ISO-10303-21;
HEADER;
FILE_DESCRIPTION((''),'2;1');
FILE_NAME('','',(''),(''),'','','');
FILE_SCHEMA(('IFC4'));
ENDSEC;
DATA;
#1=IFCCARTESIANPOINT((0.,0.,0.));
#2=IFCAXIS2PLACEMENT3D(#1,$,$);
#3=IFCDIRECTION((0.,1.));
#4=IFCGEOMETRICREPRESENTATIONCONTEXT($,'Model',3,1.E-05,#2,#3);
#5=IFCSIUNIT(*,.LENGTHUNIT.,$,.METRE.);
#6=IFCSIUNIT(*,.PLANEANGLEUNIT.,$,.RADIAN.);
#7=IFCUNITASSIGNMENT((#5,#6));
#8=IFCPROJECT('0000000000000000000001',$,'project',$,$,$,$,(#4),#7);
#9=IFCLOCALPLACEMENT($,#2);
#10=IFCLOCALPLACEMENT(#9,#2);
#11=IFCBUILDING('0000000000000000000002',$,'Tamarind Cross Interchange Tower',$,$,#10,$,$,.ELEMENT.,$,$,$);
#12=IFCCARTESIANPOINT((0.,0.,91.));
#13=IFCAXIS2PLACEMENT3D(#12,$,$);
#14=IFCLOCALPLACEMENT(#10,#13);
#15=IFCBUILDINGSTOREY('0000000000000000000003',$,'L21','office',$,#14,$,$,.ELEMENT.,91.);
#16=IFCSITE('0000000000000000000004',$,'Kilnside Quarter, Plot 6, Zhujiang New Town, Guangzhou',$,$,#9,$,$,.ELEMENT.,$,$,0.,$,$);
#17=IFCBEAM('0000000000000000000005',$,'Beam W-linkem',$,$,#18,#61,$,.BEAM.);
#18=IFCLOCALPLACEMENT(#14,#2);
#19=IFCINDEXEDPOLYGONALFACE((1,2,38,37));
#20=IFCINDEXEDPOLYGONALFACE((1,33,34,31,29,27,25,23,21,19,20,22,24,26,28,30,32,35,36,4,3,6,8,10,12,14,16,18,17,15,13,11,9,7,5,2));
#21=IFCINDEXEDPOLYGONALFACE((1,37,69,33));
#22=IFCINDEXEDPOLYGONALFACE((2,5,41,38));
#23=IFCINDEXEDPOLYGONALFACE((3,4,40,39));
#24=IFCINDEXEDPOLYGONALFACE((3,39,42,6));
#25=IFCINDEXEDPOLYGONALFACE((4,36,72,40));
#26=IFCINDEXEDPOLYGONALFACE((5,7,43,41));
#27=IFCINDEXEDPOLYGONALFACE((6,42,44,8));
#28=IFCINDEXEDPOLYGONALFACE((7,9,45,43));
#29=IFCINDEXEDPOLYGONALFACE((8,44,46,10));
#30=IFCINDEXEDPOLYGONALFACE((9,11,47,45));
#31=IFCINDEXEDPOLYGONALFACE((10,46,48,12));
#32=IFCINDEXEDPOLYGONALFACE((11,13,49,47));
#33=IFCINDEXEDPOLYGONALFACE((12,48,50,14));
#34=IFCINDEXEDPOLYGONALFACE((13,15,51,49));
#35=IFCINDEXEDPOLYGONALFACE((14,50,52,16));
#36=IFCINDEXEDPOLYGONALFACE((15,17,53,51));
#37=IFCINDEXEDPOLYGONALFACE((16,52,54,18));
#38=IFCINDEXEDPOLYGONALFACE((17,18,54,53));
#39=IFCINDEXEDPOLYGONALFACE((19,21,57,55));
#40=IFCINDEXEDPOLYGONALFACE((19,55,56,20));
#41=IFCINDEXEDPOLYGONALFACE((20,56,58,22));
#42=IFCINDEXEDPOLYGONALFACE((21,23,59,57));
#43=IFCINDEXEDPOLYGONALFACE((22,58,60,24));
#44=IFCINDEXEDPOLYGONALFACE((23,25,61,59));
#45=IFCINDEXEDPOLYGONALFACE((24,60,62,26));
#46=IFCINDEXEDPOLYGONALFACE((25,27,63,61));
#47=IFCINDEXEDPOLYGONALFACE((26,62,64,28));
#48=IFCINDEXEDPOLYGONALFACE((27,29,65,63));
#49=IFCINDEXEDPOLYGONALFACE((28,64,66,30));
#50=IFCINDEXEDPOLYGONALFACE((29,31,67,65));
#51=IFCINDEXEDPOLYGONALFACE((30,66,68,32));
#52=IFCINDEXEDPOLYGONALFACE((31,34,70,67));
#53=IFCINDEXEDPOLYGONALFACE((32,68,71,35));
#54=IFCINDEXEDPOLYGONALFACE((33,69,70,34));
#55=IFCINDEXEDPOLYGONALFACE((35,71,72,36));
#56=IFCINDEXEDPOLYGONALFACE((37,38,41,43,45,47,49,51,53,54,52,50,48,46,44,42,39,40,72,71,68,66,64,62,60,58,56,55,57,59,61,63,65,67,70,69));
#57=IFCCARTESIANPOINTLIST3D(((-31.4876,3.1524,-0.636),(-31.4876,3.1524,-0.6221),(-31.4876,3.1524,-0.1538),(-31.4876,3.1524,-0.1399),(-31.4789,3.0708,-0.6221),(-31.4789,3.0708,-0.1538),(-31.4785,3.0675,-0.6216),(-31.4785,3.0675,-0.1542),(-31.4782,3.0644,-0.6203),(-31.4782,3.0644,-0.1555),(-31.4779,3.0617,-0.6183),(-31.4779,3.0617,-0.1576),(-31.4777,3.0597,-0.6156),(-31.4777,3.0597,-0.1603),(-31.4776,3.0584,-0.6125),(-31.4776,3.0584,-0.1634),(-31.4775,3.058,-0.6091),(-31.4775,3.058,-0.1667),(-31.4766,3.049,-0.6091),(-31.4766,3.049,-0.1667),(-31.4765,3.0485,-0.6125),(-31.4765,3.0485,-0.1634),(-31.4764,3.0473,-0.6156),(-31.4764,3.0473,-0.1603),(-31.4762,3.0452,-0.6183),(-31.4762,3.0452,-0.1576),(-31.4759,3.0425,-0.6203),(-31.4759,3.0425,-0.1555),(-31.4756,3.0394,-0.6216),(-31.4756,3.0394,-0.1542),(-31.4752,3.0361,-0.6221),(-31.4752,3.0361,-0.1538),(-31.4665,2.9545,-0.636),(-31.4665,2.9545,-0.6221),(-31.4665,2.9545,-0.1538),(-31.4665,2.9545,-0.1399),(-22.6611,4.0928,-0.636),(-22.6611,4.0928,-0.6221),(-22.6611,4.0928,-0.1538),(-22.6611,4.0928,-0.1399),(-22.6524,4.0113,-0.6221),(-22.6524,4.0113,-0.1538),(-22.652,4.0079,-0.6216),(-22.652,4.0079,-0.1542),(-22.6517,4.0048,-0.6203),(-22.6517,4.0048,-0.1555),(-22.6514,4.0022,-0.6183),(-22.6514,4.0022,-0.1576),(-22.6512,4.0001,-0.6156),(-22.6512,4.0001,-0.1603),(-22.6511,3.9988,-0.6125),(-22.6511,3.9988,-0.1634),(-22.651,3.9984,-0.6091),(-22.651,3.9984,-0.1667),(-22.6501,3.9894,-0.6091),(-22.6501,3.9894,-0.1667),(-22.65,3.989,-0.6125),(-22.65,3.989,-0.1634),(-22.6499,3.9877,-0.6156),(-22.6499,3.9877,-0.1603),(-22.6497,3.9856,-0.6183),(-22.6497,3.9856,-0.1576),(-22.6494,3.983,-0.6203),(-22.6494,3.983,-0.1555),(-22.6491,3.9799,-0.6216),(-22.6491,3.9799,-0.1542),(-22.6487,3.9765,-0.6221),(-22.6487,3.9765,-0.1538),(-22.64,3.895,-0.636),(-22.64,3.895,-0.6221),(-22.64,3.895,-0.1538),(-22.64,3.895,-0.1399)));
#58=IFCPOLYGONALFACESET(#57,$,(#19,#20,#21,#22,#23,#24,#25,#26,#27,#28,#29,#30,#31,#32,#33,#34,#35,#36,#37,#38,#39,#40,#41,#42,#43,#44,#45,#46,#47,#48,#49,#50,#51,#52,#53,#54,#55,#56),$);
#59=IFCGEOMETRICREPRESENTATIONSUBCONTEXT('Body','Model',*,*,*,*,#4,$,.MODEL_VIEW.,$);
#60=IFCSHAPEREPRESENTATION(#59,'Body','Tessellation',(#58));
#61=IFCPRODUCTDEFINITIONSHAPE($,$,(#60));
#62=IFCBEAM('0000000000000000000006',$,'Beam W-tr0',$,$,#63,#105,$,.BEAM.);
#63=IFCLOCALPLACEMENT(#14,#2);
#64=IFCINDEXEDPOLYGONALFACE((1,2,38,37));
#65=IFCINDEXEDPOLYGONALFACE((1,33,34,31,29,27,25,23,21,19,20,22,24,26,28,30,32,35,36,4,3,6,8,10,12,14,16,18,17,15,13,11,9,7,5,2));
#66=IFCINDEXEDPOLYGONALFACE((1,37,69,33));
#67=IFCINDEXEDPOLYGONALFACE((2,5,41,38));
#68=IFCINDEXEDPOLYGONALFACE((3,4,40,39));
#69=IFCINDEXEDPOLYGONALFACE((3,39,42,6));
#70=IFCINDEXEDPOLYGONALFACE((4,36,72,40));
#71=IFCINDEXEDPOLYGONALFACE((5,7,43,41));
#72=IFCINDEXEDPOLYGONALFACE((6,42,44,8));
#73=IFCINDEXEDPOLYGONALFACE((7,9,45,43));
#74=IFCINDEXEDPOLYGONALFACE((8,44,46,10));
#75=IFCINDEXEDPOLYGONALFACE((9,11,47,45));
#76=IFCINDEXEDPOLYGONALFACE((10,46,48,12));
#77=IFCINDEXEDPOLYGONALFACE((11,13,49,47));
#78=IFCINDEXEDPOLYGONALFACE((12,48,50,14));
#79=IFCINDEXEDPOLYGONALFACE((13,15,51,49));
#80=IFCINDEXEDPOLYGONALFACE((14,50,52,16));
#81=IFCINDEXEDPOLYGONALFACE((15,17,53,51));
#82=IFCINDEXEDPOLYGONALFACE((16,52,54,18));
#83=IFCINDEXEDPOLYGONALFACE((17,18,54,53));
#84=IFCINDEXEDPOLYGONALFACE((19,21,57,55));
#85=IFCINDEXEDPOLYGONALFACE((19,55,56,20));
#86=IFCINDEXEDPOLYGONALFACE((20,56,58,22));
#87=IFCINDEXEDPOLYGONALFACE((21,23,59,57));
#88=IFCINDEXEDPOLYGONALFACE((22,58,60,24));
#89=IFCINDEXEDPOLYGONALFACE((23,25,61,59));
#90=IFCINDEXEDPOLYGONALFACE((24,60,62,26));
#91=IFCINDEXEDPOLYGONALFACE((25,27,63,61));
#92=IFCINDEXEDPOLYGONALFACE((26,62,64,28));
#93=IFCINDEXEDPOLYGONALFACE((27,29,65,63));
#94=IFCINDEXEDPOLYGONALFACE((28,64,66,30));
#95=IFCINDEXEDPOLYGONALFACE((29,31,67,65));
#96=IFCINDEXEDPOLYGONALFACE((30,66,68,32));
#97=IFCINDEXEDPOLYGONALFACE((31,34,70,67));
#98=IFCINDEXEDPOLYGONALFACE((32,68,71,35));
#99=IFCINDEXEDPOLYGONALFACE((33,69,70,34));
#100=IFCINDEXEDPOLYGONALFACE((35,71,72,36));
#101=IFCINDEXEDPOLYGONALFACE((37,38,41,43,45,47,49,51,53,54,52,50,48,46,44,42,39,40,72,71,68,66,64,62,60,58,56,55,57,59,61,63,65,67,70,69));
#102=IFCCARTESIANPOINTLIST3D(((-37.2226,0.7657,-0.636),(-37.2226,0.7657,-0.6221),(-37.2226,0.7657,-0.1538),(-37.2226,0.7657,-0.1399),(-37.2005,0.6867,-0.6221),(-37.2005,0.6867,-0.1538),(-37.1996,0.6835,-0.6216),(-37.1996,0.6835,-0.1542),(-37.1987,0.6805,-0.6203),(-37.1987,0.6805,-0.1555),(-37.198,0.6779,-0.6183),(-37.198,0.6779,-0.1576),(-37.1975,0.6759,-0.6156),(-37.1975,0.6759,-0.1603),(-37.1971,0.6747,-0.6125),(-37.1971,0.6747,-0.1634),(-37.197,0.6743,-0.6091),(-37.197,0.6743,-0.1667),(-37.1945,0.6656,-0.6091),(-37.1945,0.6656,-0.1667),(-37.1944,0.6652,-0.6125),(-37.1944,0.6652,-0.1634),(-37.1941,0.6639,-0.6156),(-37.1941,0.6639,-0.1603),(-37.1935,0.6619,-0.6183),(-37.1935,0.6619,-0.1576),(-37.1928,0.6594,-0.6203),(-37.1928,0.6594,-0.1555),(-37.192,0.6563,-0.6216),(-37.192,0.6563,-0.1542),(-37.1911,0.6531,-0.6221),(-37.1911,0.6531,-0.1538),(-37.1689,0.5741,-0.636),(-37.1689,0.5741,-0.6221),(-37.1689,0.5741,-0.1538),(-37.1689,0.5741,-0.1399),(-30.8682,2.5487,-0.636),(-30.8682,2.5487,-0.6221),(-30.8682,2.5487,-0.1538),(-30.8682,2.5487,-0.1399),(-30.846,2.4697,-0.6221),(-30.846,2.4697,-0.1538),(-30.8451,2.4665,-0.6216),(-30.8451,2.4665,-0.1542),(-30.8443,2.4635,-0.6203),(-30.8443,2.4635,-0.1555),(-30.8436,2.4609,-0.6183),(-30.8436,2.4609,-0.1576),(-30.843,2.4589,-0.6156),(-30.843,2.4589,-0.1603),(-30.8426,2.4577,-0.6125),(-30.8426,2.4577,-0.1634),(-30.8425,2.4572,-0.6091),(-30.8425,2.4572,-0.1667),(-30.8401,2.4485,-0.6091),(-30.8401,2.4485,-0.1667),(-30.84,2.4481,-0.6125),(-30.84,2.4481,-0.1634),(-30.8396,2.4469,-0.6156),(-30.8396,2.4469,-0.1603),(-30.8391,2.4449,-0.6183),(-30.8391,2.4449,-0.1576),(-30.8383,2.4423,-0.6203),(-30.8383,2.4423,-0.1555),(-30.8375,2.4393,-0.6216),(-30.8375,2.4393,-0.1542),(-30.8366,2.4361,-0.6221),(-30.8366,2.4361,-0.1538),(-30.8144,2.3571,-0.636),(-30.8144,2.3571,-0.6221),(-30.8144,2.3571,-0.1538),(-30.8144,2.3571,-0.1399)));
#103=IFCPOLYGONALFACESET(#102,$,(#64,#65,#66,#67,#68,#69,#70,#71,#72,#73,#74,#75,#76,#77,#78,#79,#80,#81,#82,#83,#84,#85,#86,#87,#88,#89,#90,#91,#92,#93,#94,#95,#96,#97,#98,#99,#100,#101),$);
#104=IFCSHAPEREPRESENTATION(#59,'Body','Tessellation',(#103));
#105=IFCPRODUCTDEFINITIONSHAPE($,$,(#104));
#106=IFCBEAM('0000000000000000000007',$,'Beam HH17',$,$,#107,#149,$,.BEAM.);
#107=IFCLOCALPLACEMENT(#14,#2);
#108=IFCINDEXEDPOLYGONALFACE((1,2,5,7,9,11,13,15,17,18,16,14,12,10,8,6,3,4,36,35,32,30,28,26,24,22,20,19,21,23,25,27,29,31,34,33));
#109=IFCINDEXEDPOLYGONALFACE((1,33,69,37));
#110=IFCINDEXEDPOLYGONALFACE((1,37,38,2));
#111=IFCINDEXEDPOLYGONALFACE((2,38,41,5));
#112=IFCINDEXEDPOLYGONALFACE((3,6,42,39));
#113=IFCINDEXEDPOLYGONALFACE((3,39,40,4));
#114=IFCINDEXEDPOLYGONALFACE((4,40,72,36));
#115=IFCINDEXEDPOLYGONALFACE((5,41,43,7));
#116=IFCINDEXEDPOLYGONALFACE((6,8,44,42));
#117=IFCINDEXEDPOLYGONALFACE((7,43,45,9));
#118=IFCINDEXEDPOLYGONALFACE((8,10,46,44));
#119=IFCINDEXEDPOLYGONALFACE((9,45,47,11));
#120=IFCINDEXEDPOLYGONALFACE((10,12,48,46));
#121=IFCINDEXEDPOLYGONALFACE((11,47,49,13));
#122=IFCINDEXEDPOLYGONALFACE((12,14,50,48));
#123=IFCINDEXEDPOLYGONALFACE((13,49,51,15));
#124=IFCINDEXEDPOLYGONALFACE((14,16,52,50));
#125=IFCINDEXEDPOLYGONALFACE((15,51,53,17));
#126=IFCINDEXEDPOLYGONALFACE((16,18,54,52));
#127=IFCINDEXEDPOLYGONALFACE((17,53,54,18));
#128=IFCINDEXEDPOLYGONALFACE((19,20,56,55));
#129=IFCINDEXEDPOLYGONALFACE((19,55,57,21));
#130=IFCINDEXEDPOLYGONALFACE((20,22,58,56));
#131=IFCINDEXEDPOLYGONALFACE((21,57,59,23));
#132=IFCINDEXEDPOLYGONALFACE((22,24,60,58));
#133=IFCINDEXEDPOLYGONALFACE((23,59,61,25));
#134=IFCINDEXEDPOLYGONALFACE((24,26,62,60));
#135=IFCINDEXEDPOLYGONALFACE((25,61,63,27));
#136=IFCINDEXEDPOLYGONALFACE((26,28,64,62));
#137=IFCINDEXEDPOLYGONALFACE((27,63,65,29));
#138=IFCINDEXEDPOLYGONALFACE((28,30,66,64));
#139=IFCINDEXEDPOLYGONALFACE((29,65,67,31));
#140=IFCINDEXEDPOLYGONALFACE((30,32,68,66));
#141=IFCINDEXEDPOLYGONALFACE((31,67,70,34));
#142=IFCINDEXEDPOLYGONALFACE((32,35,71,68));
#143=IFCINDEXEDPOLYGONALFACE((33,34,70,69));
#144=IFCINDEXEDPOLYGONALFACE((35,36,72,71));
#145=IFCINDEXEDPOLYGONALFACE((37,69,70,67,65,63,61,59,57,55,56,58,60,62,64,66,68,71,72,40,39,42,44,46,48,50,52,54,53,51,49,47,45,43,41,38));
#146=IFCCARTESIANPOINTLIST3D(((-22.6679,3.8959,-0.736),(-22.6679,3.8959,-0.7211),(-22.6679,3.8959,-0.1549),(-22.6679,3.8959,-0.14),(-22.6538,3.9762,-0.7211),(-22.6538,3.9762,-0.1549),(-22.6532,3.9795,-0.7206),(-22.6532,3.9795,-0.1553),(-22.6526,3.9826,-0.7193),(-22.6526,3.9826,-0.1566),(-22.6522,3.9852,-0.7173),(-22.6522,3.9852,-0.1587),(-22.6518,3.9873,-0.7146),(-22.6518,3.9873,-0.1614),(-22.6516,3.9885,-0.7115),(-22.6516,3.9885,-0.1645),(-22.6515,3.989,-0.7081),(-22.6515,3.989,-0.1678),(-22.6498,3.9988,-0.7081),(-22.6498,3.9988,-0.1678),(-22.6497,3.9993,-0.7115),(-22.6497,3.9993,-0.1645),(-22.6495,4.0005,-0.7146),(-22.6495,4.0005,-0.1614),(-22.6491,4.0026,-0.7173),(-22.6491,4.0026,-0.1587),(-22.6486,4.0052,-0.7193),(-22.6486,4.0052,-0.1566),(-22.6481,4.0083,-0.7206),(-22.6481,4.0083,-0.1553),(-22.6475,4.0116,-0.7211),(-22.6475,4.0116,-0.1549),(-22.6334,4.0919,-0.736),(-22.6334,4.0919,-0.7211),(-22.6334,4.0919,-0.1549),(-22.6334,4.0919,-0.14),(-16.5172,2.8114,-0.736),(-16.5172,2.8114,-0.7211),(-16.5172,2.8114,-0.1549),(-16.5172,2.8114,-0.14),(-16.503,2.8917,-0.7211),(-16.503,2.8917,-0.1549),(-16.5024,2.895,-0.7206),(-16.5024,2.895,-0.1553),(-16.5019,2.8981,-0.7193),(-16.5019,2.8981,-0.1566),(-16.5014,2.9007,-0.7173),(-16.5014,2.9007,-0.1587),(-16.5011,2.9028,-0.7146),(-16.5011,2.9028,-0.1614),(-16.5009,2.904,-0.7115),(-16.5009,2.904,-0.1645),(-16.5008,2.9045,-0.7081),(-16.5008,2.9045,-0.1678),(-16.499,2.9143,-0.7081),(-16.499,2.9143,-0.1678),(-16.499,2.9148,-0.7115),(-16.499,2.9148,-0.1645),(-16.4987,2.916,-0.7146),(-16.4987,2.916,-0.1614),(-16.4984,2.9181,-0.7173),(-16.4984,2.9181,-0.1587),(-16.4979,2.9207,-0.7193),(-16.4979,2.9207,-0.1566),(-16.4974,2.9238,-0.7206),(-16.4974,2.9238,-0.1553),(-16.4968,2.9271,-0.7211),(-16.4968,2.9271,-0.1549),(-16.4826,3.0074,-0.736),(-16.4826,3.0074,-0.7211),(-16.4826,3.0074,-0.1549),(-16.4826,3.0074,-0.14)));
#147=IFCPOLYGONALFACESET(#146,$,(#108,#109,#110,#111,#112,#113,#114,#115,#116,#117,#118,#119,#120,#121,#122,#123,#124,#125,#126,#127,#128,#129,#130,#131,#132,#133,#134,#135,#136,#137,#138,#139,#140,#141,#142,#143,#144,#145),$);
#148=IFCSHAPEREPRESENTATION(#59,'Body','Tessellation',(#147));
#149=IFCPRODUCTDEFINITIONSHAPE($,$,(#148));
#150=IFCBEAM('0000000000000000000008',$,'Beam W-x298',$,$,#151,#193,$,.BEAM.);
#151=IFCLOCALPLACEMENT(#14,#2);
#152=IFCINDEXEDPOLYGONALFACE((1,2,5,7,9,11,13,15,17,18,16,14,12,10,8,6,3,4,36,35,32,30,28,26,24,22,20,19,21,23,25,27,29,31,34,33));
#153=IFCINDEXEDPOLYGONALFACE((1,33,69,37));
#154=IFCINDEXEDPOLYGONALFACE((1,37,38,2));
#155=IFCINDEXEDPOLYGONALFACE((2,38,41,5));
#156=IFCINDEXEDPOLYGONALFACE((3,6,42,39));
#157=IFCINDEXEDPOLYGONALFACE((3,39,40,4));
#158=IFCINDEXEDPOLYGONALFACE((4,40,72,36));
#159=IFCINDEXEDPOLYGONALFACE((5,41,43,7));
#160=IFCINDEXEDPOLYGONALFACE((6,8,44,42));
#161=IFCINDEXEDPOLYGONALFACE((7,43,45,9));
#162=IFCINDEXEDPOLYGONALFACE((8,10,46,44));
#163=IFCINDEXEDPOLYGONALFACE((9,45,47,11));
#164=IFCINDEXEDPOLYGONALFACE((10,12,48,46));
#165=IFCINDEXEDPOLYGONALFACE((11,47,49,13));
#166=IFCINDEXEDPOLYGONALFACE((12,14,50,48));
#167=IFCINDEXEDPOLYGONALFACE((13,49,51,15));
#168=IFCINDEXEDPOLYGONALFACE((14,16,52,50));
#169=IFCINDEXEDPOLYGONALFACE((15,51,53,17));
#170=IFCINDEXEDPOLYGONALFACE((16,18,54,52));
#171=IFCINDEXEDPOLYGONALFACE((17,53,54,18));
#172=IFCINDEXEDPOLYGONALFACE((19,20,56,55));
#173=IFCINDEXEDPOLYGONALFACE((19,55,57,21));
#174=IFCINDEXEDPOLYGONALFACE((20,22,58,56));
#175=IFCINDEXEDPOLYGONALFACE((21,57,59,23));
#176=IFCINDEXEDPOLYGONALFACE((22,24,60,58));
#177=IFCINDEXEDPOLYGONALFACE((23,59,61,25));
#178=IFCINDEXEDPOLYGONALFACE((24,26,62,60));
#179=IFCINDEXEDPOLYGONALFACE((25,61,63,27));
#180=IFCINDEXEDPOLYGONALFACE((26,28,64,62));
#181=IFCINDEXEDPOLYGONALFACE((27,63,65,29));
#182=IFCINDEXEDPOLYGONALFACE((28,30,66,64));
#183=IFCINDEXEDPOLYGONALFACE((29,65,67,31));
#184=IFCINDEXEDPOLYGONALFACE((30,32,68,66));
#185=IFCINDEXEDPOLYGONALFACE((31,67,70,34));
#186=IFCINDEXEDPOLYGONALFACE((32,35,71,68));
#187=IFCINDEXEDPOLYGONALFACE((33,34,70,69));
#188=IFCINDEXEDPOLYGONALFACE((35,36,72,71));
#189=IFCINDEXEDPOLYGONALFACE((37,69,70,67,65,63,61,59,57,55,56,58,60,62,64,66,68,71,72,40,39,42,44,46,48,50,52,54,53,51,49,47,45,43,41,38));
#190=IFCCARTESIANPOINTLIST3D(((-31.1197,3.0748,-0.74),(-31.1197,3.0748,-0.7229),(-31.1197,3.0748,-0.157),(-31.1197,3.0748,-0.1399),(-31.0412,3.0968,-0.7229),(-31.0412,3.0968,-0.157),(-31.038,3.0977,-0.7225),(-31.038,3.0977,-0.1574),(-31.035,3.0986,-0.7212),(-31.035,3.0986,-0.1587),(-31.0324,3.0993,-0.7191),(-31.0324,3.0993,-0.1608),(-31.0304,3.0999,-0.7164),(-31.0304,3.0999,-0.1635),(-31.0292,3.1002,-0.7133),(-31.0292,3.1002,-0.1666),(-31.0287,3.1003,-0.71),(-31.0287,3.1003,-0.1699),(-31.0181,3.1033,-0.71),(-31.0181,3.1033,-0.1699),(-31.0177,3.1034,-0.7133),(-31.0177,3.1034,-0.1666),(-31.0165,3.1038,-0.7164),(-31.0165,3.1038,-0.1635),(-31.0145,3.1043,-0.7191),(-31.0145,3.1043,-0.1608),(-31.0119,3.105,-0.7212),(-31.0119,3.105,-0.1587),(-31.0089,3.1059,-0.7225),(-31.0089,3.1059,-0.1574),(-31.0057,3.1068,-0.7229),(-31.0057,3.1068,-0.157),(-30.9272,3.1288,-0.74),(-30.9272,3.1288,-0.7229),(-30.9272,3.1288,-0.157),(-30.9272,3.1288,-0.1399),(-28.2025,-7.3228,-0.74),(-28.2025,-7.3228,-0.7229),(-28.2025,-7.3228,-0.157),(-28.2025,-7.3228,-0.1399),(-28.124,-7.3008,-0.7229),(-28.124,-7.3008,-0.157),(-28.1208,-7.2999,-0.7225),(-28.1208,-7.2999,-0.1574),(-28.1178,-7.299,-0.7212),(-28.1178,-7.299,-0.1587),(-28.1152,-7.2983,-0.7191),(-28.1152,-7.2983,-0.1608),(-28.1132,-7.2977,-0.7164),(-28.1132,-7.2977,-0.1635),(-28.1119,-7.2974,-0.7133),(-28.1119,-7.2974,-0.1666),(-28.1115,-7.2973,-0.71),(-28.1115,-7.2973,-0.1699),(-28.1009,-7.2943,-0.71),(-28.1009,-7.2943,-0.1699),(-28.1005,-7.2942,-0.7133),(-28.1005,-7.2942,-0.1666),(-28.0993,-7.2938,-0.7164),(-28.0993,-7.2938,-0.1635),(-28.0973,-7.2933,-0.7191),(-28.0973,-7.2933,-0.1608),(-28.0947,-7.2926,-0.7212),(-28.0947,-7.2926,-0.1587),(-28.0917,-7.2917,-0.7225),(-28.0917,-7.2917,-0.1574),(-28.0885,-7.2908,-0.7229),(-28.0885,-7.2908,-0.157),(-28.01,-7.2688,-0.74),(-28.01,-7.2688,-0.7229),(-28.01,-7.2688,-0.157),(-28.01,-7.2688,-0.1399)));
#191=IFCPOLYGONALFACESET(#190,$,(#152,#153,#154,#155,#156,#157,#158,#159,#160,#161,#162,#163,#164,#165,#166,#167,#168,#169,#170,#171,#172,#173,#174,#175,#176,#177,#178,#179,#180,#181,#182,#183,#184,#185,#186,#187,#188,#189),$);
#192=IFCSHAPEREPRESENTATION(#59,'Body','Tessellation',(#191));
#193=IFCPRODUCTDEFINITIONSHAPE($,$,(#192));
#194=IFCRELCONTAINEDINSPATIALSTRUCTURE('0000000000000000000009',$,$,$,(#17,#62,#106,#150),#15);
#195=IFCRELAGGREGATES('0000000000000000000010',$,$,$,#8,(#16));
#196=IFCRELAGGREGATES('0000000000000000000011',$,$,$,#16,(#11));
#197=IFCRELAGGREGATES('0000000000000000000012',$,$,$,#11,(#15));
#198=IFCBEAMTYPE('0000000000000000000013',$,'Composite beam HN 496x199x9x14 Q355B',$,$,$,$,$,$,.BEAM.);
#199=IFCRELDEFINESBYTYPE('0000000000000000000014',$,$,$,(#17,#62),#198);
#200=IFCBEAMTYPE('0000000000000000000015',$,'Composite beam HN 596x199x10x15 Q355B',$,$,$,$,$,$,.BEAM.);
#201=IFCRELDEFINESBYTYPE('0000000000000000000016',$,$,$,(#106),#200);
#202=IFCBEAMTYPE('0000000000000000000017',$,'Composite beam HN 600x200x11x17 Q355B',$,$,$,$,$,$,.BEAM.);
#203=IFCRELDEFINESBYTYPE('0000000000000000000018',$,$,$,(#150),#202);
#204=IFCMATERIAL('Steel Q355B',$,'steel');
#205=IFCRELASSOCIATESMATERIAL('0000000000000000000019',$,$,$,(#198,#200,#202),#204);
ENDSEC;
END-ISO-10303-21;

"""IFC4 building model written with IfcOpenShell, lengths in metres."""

from ifc_helpers import new_model, si_unit, direction, frame, origin, origin_2d, place, context, subcontext, project, spatial, i_section, extrude, material, material_profile, profile_set, type_object, element, save


model = new_model("IFC4")

# Units and contexts
model_context = context("Model", 3, precision=1e-05, world=origin(), true_north=direction((0.0, 1.0)))
body_context = subcontext(model_context, "Body", "Model", "MODEL_VIEW")
ifc_project = project(units=[si_unit("LENGTHUNIT", "METRE"), si_unit("PLANEANGLEUNIT", "RADIAN")], contexts=[model_context])

# Site, building, storey
site_placement = place(None, origin())
site = spatial("IfcSite", under=ifc_project, at=site_placement, Name="Kilnside Quarter, Plot 6, Zhujiang New Town, Guangzhou", CompositionType="ELEMENT", RefElevation=0.0)
building_placement = place(site_placement, origin())
building = spatial("IfcBuilding", under=site, at=building_placement, Name="Tamarind Cross Interchange Tower", CompositionType="ELEMENT")
storey_placement = place(building_placement, frame((0.0, 0.0, 91.0)))
storey = spatial("IfcBuildingStorey", under=building, at=storey_placement, Name="L21", Description="office", CompositionType="ELEMENT", Elevation=91.0)

# Beams
ifc_material_1 = material(Name="Steel Q355B", Category="steel")
ifc_material_profile_1 = material_profile(ifc_material_1, i_section(OverallWidth=0.199, OverallDepth=0.4961, WebThickness=0.009, FlangeThickness=0.0139, FilletRadius=0.0129, at=origin_2d()), Name="HN 496x199x9x14")
ifc_profile_set_1 = profile_set([ifc_material_profile_1], Name="Steel Q355B")
beam_type_1 = type_object("IfcBeamType", Name="Composite beam HN 496x199x9x14 Q355B", PredefinedType="BEAM", material=ifc_profile_set_1)
beam_1_placement = place(storey_placement, frame((-31.4771, 3.0535, -0.3879), z_axis=(0.994372, 0.105947, 0.0), x_axis=(-0.105947, 0.994372, 0.0)))
element("IfcBeam", 1, at=beam_1_placement, inside=storey, type_object=beam_type_1, Name="Beam W-linkem", PredefinedType="BEAM", context=body_context, shape_type="SweptSolid", body=[
    extrude(i_section(OverallWidth=0.199, OverallDepth=0.4961, WebThickness=0.009, FlangeThickness=0.0139, FilletRadius=0.0129, at=origin_2d()), origin(), (0.0, 0.0, 1.0), 8.8765),
])
beam_2_placement = place(storey_placement, frame((-30.8413, 2.4529, -0.3879), z_axis=(-0.962818, -0.27015, 0.0), x_axis=(0.27015, -0.962818, 0.0)))
element("IfcBeam", 2, at=beam_2_placement, inside=storey, type_object=beam_type_1, Name="Beam W-tr0", PredefinedType="BEAM", context=body_context, shape_type="SweptSolid", body=[
    extrude(i_section(OverallWidth=0.199, OverallDepth=0.4961, WebThickness=0.009, FlangeThickness=0.0139, FilletRadius=0.0129, at=origin_2d()), origin(), (0.0, 0.0, 1.0), 6.5999),
])
ifc_material_profile_2 = material_profile(ifc_material_1, i_section(OverallWidth=0.199, OverallDepth=0.5959, WebThickness=0.01, FlangeThickness=0.0149, FilletRadius=0.0129, at=origin_2d()), Name="HN 596x199x10x15")
ifc_profile_set_2 = profile_set([ifc_material_profile_2], Name="Steel Q355B")
beam_type_2 = type_object("IfcBeamType", Name="Composite beam HN 596x199x10x15 Q355B", PredefinedType="BEAM", material=ifc_profile_set_2)
beam_3_placement = place(storey_placement, frame((-22.6506, 3.9939, -0.438), z_axis=(0.984809, -0.17364, 0.0), x_axis=(0.17364, 0.984809, 0.0)))
element("IfcBeam", 3, at=beam_3_placement, inside=storey, type_object=beam_type_2, Name="Beam HH17", PredefinedType="BEAM", context=body_context, shape_type="SweptSolid", body=[
    extrude(i_section(OverallWidth=0.199, OverallDepth=0.5959, WebThickness=0.01, FlangeThickness=0.0149, FilletRadius=0.0129, at=origin_2d()), origin(), (0.0, 0.0, 1.0), 6.2456),
])
ifc_material_profile_3 = material_profile(ifc_material_1, i_section(OverallWidth=0.2, OverallDepth=0.6001, WebThickness=0.011, FlangeThickness=0.0171, FilletRadius=0.0129, at=origin_2d()), Name="HN 600x200x11x17")
ifc_profile_set_3 = profile_set([ifc_material_profile_3], Name="Steel Q355B")
beam_type_3 = type_object("IfcBeamType", Name="Composite beam HN 600x200x11x17 Q355B", PredefinedType="BEAM", material=ifc_profile_set_3)
beam_4_placement = place(storey_placement, frame((-31.0234, 3.1018, -0.4399), z_axis=(0.270135, -0.962823, 0.0), x_axis=(0.962823, 0.270135, 0.0)))
element("IfcBeam", 4, at=beam_4_placement, inside=storey, type_object=beam_type_3, Name="Beam W-x298", PredefinedType="BEAM", context=body_context, shape_type="SweptSolid", body=[
    extrude(i_section(OverallWidth=0.2, OverallDepth=0.6001, WebThickness=0.011, FlangeThickness=0.0171, FilletRadius=0.0129, at=origin_2d()), origin(), (0.0, 0.0, 1.0), 10.7991),
])

save(model, "model.ifc")
